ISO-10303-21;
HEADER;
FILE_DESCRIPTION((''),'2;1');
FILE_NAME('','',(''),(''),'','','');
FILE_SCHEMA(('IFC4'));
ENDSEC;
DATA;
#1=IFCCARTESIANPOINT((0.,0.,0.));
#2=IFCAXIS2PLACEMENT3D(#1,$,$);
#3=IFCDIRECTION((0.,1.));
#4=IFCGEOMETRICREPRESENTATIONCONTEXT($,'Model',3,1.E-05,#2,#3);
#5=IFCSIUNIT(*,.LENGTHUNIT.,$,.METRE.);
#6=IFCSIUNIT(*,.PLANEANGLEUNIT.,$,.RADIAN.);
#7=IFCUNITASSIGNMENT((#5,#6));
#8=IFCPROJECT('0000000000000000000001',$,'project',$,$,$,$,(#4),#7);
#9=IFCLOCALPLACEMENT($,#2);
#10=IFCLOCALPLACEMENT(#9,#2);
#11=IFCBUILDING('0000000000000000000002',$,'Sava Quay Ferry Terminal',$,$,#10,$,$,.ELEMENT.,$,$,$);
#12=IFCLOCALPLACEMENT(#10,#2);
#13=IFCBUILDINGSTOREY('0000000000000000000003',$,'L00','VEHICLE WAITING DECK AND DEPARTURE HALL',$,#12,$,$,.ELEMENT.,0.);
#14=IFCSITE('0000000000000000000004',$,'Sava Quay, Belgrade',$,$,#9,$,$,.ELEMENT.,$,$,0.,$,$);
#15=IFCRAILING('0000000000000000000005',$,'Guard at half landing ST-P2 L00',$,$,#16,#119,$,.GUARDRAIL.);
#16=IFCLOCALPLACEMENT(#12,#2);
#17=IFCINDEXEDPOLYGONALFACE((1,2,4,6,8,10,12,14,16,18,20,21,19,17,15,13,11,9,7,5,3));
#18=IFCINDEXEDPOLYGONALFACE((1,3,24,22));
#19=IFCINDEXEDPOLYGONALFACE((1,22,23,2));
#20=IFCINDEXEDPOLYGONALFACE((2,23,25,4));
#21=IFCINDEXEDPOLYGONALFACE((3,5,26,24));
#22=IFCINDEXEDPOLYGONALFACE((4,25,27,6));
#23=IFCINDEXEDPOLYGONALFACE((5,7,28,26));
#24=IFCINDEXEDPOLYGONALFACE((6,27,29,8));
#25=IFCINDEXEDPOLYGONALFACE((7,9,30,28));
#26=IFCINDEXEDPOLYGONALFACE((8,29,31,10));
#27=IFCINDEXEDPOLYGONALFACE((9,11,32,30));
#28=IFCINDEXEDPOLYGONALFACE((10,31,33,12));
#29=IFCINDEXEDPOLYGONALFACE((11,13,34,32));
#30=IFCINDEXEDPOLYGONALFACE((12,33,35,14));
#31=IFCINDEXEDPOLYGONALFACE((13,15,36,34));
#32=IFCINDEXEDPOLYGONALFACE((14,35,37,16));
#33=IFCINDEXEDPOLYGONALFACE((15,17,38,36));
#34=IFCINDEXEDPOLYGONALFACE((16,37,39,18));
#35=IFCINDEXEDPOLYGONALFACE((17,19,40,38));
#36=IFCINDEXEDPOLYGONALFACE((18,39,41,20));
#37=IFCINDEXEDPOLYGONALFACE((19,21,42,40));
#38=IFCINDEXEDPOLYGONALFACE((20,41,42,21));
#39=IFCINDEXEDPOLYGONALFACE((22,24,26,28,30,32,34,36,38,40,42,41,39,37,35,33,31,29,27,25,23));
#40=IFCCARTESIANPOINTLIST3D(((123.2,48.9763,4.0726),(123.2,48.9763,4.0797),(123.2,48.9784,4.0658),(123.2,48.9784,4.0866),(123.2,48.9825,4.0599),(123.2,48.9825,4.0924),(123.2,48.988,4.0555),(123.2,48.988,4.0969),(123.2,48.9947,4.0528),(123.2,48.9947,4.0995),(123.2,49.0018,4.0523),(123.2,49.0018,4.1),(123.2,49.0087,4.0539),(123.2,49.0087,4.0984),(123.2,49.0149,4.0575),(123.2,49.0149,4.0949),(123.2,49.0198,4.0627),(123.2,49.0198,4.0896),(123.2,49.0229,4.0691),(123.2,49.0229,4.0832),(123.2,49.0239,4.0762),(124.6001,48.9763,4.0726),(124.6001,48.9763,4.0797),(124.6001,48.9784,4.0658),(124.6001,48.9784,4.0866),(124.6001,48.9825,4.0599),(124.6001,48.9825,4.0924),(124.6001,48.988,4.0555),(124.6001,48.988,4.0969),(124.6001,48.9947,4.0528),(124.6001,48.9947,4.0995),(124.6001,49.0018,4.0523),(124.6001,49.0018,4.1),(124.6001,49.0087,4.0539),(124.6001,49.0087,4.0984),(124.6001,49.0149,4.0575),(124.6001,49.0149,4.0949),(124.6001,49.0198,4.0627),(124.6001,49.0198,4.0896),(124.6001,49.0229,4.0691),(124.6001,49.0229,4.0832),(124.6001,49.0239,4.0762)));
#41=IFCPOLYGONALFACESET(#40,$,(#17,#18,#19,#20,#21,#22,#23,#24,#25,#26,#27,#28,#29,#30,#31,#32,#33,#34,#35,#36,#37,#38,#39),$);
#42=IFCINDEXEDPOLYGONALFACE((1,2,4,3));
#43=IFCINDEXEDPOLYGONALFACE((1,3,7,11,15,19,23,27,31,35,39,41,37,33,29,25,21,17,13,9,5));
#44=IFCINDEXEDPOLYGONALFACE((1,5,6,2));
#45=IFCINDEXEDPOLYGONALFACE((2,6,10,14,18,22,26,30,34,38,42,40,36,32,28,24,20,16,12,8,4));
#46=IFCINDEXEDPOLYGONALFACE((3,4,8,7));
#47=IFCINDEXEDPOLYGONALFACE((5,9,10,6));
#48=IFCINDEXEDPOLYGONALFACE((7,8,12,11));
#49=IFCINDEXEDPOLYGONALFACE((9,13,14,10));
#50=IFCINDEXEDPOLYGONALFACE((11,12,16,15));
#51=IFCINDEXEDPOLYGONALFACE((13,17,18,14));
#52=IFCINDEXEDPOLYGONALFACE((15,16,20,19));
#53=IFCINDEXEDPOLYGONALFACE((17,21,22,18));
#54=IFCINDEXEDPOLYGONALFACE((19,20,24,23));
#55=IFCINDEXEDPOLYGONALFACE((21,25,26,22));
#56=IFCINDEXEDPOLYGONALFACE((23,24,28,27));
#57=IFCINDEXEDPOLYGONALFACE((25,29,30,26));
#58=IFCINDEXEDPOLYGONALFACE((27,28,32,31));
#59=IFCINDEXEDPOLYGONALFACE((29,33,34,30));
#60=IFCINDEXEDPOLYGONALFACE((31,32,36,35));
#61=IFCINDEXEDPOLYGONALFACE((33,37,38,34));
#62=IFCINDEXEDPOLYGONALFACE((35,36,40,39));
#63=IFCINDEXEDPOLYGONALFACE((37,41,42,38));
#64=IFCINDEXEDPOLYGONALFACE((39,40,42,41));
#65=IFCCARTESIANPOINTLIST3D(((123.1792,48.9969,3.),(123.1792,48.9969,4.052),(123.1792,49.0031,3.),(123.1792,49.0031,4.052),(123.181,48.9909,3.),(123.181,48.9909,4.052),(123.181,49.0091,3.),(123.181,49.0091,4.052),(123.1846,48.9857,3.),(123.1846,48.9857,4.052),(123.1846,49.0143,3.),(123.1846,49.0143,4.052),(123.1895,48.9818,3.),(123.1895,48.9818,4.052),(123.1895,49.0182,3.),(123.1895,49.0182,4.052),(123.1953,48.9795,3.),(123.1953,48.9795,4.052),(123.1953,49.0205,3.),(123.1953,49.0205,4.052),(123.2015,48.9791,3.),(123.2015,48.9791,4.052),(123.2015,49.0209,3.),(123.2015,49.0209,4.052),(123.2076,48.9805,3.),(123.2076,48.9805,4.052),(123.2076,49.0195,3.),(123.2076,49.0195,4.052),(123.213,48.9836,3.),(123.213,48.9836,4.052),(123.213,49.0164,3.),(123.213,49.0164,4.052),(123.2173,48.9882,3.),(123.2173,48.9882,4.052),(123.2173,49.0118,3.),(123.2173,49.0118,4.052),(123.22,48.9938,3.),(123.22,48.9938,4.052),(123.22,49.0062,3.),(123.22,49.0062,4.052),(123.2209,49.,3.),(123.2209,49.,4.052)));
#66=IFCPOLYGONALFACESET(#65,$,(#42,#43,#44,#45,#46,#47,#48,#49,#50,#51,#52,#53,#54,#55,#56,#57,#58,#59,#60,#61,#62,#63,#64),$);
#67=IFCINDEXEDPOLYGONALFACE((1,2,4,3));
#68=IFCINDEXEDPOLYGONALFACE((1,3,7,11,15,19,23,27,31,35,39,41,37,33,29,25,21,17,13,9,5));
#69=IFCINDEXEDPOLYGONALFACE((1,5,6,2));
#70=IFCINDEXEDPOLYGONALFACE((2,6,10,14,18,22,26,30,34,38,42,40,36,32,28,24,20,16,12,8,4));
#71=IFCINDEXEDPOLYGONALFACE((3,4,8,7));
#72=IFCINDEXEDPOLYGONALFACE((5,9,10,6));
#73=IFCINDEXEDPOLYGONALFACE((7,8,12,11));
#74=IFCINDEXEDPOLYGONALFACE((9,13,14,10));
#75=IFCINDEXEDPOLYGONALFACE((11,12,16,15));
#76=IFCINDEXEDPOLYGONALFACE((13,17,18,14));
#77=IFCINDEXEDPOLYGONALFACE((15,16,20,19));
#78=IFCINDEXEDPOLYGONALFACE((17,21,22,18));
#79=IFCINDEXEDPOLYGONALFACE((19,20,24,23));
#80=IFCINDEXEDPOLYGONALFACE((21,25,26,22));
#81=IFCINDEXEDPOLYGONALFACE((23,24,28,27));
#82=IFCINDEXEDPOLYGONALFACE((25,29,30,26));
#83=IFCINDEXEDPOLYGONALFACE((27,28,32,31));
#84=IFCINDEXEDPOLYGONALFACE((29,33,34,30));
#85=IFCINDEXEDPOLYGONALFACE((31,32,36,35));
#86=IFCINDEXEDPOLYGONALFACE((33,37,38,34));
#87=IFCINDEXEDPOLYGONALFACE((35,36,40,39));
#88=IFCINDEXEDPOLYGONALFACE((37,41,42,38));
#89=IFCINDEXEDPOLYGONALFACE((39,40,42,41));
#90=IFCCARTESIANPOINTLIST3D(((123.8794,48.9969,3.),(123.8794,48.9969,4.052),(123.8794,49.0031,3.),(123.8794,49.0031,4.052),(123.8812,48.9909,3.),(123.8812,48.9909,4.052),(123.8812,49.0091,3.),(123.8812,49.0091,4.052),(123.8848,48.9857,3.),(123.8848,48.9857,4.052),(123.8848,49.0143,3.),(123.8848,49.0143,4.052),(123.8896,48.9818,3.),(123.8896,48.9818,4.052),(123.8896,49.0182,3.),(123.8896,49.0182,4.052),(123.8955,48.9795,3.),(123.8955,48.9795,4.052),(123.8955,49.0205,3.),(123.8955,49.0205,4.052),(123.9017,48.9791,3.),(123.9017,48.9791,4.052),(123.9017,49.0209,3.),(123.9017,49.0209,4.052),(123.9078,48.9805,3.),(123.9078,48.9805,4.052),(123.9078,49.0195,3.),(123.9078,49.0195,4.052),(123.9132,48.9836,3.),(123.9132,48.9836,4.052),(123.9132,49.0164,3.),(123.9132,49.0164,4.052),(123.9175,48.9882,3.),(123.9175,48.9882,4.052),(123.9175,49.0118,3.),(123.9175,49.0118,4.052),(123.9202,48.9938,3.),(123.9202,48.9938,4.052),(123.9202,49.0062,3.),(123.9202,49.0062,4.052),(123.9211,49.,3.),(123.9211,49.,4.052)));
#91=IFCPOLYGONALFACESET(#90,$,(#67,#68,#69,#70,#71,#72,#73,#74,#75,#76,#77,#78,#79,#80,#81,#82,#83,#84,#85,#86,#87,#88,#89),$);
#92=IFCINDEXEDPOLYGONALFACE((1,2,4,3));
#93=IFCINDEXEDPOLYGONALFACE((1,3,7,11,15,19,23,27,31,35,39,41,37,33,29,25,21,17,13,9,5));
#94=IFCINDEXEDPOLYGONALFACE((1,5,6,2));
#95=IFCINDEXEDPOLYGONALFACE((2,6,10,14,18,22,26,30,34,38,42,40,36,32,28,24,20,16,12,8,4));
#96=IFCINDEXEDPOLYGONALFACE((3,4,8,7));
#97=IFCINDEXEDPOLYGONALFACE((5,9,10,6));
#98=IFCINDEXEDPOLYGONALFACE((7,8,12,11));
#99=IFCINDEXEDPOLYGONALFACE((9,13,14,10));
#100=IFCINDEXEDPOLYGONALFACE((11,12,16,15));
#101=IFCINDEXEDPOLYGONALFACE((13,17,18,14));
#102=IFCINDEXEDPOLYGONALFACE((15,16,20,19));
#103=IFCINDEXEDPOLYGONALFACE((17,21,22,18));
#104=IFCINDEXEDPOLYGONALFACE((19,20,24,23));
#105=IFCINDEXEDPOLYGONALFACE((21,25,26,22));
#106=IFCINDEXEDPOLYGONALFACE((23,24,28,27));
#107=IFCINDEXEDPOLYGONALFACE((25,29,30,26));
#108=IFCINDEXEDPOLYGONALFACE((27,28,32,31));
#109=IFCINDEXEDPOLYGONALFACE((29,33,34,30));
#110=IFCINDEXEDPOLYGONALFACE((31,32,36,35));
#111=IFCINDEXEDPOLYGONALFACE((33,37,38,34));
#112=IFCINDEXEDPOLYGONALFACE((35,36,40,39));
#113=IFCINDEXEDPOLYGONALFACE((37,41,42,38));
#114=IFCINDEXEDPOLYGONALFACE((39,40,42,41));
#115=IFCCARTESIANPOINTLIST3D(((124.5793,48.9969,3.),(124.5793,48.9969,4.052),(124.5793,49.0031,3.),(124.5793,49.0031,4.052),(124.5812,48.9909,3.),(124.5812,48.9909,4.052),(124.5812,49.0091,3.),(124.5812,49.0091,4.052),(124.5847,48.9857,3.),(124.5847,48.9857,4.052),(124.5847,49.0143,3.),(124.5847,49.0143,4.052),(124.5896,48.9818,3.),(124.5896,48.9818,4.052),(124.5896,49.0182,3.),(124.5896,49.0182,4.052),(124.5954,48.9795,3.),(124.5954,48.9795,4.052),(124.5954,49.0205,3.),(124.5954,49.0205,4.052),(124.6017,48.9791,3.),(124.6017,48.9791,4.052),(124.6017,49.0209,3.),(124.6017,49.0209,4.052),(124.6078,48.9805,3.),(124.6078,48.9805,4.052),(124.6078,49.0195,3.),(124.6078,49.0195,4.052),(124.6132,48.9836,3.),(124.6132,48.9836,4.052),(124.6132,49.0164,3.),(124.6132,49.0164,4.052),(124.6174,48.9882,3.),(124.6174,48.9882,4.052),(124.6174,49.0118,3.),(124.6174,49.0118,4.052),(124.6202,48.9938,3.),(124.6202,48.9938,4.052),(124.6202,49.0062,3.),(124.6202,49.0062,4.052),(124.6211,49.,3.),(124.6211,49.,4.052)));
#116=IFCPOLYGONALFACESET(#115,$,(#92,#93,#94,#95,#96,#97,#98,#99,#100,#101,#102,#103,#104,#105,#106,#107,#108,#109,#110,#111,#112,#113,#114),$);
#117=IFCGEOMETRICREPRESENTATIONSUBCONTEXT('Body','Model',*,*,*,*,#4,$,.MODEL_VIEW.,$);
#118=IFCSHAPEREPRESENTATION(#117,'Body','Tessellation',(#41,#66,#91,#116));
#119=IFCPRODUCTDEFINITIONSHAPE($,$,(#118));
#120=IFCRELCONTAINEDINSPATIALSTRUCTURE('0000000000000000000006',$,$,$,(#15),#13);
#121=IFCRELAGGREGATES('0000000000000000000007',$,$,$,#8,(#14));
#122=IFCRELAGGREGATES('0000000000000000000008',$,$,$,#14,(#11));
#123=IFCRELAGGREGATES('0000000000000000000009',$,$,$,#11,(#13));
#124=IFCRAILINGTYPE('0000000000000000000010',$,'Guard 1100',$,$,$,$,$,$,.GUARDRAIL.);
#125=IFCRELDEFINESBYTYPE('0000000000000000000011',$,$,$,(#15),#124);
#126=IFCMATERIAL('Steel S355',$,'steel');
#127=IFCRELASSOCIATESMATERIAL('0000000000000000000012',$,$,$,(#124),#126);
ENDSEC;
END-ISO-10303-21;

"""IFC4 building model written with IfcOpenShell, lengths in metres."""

from ifc_helpers import new_model, si_unit, direction, frame, origin, origin_2d, place, context, subcontext, project, spatial, circle, extrude, material, type_object, element, save


model = new_model("IFC4")

# Units and contexts
model_context = context("Model", 3, precision=1e-05, world=origin(), true_north=direction((0.0, 1.0)))
body_context = subcontext(model_context, "Body", "Model", "MODEL_VIEW")
ifc_project = project(units=[si_unit("LENGTHUNIT", "METRE"), si_unit("PLANEANGLEUNIT", "RADIAN")], contexts=[model_context])

# Site, building, storey
site_placement = place(None, origin())
site = spatial("IfcSite", under=ifc_project, at=site_placement, Name="Sava Quay, Belgrade", CompositionType="ELEMENT", RefElevation=0.0)
building_placement = place(site_placement, origin())
building = spatial("IfcBuilding", under=site, at=building_placement, Name="Sava Quay Ferry Terminal", CompositionType="ELEMENT")
storey_placement = place(building_placement, origin())
storey = spatial("IfcBuildingStorey", under=building, at=storey_placement, Name="L00", Description="VEHICLE WAITING DECK AND DEPARTURE HALL", CompositionType="ELEMENT", Elevation=0.0)

# Railing
ifc_material_1 = material(Name="Steel S355", Category="steel")
railing_type_1 = type_object("IfcRailingType", Name="Guard 1100", PredefinedType="GUARDRAIL", material=ifc_material_1)
railing_1_placement = place(storey_placement, frame((123.2, 49.0, 3.0)))
element("IfcRailing", 1, at=railing_1_placement, inside=storey, type_object=railing_type_1, Name="Guard at half landing ST-P2 L00", PredefinedType="GUARDRAIL", context=body_context, shape_type="SweptSolid", body=[
    extrude(circle(Radius=0.0239, at=origin_2d()), frame((0.0, 0.0, 1.0762), z_axis=(1.0, 0.0, 0.0), x_axis=(0.0, 1.0, 0.0)), (0.0, 0.0, 1.0), 1.4001),
    extrude(circle(Radius=0.021, at=origin_2d()), origin(), (0.0, 0.0, 1.0), 1.052),
    extrude(circle(Radius=0.021, at=origin_2d()), frame((0.7002, 0.0, 0.0)), (0.0, 0.0, 1.0), 1.052),
    extrude(circle(Radius=0.021, at=origin_2d()), frame((1.4001, 0.0, 0.0)), (0.0, 0.0, 1.0), 1.052),
])

save(model, "model.ifc")
